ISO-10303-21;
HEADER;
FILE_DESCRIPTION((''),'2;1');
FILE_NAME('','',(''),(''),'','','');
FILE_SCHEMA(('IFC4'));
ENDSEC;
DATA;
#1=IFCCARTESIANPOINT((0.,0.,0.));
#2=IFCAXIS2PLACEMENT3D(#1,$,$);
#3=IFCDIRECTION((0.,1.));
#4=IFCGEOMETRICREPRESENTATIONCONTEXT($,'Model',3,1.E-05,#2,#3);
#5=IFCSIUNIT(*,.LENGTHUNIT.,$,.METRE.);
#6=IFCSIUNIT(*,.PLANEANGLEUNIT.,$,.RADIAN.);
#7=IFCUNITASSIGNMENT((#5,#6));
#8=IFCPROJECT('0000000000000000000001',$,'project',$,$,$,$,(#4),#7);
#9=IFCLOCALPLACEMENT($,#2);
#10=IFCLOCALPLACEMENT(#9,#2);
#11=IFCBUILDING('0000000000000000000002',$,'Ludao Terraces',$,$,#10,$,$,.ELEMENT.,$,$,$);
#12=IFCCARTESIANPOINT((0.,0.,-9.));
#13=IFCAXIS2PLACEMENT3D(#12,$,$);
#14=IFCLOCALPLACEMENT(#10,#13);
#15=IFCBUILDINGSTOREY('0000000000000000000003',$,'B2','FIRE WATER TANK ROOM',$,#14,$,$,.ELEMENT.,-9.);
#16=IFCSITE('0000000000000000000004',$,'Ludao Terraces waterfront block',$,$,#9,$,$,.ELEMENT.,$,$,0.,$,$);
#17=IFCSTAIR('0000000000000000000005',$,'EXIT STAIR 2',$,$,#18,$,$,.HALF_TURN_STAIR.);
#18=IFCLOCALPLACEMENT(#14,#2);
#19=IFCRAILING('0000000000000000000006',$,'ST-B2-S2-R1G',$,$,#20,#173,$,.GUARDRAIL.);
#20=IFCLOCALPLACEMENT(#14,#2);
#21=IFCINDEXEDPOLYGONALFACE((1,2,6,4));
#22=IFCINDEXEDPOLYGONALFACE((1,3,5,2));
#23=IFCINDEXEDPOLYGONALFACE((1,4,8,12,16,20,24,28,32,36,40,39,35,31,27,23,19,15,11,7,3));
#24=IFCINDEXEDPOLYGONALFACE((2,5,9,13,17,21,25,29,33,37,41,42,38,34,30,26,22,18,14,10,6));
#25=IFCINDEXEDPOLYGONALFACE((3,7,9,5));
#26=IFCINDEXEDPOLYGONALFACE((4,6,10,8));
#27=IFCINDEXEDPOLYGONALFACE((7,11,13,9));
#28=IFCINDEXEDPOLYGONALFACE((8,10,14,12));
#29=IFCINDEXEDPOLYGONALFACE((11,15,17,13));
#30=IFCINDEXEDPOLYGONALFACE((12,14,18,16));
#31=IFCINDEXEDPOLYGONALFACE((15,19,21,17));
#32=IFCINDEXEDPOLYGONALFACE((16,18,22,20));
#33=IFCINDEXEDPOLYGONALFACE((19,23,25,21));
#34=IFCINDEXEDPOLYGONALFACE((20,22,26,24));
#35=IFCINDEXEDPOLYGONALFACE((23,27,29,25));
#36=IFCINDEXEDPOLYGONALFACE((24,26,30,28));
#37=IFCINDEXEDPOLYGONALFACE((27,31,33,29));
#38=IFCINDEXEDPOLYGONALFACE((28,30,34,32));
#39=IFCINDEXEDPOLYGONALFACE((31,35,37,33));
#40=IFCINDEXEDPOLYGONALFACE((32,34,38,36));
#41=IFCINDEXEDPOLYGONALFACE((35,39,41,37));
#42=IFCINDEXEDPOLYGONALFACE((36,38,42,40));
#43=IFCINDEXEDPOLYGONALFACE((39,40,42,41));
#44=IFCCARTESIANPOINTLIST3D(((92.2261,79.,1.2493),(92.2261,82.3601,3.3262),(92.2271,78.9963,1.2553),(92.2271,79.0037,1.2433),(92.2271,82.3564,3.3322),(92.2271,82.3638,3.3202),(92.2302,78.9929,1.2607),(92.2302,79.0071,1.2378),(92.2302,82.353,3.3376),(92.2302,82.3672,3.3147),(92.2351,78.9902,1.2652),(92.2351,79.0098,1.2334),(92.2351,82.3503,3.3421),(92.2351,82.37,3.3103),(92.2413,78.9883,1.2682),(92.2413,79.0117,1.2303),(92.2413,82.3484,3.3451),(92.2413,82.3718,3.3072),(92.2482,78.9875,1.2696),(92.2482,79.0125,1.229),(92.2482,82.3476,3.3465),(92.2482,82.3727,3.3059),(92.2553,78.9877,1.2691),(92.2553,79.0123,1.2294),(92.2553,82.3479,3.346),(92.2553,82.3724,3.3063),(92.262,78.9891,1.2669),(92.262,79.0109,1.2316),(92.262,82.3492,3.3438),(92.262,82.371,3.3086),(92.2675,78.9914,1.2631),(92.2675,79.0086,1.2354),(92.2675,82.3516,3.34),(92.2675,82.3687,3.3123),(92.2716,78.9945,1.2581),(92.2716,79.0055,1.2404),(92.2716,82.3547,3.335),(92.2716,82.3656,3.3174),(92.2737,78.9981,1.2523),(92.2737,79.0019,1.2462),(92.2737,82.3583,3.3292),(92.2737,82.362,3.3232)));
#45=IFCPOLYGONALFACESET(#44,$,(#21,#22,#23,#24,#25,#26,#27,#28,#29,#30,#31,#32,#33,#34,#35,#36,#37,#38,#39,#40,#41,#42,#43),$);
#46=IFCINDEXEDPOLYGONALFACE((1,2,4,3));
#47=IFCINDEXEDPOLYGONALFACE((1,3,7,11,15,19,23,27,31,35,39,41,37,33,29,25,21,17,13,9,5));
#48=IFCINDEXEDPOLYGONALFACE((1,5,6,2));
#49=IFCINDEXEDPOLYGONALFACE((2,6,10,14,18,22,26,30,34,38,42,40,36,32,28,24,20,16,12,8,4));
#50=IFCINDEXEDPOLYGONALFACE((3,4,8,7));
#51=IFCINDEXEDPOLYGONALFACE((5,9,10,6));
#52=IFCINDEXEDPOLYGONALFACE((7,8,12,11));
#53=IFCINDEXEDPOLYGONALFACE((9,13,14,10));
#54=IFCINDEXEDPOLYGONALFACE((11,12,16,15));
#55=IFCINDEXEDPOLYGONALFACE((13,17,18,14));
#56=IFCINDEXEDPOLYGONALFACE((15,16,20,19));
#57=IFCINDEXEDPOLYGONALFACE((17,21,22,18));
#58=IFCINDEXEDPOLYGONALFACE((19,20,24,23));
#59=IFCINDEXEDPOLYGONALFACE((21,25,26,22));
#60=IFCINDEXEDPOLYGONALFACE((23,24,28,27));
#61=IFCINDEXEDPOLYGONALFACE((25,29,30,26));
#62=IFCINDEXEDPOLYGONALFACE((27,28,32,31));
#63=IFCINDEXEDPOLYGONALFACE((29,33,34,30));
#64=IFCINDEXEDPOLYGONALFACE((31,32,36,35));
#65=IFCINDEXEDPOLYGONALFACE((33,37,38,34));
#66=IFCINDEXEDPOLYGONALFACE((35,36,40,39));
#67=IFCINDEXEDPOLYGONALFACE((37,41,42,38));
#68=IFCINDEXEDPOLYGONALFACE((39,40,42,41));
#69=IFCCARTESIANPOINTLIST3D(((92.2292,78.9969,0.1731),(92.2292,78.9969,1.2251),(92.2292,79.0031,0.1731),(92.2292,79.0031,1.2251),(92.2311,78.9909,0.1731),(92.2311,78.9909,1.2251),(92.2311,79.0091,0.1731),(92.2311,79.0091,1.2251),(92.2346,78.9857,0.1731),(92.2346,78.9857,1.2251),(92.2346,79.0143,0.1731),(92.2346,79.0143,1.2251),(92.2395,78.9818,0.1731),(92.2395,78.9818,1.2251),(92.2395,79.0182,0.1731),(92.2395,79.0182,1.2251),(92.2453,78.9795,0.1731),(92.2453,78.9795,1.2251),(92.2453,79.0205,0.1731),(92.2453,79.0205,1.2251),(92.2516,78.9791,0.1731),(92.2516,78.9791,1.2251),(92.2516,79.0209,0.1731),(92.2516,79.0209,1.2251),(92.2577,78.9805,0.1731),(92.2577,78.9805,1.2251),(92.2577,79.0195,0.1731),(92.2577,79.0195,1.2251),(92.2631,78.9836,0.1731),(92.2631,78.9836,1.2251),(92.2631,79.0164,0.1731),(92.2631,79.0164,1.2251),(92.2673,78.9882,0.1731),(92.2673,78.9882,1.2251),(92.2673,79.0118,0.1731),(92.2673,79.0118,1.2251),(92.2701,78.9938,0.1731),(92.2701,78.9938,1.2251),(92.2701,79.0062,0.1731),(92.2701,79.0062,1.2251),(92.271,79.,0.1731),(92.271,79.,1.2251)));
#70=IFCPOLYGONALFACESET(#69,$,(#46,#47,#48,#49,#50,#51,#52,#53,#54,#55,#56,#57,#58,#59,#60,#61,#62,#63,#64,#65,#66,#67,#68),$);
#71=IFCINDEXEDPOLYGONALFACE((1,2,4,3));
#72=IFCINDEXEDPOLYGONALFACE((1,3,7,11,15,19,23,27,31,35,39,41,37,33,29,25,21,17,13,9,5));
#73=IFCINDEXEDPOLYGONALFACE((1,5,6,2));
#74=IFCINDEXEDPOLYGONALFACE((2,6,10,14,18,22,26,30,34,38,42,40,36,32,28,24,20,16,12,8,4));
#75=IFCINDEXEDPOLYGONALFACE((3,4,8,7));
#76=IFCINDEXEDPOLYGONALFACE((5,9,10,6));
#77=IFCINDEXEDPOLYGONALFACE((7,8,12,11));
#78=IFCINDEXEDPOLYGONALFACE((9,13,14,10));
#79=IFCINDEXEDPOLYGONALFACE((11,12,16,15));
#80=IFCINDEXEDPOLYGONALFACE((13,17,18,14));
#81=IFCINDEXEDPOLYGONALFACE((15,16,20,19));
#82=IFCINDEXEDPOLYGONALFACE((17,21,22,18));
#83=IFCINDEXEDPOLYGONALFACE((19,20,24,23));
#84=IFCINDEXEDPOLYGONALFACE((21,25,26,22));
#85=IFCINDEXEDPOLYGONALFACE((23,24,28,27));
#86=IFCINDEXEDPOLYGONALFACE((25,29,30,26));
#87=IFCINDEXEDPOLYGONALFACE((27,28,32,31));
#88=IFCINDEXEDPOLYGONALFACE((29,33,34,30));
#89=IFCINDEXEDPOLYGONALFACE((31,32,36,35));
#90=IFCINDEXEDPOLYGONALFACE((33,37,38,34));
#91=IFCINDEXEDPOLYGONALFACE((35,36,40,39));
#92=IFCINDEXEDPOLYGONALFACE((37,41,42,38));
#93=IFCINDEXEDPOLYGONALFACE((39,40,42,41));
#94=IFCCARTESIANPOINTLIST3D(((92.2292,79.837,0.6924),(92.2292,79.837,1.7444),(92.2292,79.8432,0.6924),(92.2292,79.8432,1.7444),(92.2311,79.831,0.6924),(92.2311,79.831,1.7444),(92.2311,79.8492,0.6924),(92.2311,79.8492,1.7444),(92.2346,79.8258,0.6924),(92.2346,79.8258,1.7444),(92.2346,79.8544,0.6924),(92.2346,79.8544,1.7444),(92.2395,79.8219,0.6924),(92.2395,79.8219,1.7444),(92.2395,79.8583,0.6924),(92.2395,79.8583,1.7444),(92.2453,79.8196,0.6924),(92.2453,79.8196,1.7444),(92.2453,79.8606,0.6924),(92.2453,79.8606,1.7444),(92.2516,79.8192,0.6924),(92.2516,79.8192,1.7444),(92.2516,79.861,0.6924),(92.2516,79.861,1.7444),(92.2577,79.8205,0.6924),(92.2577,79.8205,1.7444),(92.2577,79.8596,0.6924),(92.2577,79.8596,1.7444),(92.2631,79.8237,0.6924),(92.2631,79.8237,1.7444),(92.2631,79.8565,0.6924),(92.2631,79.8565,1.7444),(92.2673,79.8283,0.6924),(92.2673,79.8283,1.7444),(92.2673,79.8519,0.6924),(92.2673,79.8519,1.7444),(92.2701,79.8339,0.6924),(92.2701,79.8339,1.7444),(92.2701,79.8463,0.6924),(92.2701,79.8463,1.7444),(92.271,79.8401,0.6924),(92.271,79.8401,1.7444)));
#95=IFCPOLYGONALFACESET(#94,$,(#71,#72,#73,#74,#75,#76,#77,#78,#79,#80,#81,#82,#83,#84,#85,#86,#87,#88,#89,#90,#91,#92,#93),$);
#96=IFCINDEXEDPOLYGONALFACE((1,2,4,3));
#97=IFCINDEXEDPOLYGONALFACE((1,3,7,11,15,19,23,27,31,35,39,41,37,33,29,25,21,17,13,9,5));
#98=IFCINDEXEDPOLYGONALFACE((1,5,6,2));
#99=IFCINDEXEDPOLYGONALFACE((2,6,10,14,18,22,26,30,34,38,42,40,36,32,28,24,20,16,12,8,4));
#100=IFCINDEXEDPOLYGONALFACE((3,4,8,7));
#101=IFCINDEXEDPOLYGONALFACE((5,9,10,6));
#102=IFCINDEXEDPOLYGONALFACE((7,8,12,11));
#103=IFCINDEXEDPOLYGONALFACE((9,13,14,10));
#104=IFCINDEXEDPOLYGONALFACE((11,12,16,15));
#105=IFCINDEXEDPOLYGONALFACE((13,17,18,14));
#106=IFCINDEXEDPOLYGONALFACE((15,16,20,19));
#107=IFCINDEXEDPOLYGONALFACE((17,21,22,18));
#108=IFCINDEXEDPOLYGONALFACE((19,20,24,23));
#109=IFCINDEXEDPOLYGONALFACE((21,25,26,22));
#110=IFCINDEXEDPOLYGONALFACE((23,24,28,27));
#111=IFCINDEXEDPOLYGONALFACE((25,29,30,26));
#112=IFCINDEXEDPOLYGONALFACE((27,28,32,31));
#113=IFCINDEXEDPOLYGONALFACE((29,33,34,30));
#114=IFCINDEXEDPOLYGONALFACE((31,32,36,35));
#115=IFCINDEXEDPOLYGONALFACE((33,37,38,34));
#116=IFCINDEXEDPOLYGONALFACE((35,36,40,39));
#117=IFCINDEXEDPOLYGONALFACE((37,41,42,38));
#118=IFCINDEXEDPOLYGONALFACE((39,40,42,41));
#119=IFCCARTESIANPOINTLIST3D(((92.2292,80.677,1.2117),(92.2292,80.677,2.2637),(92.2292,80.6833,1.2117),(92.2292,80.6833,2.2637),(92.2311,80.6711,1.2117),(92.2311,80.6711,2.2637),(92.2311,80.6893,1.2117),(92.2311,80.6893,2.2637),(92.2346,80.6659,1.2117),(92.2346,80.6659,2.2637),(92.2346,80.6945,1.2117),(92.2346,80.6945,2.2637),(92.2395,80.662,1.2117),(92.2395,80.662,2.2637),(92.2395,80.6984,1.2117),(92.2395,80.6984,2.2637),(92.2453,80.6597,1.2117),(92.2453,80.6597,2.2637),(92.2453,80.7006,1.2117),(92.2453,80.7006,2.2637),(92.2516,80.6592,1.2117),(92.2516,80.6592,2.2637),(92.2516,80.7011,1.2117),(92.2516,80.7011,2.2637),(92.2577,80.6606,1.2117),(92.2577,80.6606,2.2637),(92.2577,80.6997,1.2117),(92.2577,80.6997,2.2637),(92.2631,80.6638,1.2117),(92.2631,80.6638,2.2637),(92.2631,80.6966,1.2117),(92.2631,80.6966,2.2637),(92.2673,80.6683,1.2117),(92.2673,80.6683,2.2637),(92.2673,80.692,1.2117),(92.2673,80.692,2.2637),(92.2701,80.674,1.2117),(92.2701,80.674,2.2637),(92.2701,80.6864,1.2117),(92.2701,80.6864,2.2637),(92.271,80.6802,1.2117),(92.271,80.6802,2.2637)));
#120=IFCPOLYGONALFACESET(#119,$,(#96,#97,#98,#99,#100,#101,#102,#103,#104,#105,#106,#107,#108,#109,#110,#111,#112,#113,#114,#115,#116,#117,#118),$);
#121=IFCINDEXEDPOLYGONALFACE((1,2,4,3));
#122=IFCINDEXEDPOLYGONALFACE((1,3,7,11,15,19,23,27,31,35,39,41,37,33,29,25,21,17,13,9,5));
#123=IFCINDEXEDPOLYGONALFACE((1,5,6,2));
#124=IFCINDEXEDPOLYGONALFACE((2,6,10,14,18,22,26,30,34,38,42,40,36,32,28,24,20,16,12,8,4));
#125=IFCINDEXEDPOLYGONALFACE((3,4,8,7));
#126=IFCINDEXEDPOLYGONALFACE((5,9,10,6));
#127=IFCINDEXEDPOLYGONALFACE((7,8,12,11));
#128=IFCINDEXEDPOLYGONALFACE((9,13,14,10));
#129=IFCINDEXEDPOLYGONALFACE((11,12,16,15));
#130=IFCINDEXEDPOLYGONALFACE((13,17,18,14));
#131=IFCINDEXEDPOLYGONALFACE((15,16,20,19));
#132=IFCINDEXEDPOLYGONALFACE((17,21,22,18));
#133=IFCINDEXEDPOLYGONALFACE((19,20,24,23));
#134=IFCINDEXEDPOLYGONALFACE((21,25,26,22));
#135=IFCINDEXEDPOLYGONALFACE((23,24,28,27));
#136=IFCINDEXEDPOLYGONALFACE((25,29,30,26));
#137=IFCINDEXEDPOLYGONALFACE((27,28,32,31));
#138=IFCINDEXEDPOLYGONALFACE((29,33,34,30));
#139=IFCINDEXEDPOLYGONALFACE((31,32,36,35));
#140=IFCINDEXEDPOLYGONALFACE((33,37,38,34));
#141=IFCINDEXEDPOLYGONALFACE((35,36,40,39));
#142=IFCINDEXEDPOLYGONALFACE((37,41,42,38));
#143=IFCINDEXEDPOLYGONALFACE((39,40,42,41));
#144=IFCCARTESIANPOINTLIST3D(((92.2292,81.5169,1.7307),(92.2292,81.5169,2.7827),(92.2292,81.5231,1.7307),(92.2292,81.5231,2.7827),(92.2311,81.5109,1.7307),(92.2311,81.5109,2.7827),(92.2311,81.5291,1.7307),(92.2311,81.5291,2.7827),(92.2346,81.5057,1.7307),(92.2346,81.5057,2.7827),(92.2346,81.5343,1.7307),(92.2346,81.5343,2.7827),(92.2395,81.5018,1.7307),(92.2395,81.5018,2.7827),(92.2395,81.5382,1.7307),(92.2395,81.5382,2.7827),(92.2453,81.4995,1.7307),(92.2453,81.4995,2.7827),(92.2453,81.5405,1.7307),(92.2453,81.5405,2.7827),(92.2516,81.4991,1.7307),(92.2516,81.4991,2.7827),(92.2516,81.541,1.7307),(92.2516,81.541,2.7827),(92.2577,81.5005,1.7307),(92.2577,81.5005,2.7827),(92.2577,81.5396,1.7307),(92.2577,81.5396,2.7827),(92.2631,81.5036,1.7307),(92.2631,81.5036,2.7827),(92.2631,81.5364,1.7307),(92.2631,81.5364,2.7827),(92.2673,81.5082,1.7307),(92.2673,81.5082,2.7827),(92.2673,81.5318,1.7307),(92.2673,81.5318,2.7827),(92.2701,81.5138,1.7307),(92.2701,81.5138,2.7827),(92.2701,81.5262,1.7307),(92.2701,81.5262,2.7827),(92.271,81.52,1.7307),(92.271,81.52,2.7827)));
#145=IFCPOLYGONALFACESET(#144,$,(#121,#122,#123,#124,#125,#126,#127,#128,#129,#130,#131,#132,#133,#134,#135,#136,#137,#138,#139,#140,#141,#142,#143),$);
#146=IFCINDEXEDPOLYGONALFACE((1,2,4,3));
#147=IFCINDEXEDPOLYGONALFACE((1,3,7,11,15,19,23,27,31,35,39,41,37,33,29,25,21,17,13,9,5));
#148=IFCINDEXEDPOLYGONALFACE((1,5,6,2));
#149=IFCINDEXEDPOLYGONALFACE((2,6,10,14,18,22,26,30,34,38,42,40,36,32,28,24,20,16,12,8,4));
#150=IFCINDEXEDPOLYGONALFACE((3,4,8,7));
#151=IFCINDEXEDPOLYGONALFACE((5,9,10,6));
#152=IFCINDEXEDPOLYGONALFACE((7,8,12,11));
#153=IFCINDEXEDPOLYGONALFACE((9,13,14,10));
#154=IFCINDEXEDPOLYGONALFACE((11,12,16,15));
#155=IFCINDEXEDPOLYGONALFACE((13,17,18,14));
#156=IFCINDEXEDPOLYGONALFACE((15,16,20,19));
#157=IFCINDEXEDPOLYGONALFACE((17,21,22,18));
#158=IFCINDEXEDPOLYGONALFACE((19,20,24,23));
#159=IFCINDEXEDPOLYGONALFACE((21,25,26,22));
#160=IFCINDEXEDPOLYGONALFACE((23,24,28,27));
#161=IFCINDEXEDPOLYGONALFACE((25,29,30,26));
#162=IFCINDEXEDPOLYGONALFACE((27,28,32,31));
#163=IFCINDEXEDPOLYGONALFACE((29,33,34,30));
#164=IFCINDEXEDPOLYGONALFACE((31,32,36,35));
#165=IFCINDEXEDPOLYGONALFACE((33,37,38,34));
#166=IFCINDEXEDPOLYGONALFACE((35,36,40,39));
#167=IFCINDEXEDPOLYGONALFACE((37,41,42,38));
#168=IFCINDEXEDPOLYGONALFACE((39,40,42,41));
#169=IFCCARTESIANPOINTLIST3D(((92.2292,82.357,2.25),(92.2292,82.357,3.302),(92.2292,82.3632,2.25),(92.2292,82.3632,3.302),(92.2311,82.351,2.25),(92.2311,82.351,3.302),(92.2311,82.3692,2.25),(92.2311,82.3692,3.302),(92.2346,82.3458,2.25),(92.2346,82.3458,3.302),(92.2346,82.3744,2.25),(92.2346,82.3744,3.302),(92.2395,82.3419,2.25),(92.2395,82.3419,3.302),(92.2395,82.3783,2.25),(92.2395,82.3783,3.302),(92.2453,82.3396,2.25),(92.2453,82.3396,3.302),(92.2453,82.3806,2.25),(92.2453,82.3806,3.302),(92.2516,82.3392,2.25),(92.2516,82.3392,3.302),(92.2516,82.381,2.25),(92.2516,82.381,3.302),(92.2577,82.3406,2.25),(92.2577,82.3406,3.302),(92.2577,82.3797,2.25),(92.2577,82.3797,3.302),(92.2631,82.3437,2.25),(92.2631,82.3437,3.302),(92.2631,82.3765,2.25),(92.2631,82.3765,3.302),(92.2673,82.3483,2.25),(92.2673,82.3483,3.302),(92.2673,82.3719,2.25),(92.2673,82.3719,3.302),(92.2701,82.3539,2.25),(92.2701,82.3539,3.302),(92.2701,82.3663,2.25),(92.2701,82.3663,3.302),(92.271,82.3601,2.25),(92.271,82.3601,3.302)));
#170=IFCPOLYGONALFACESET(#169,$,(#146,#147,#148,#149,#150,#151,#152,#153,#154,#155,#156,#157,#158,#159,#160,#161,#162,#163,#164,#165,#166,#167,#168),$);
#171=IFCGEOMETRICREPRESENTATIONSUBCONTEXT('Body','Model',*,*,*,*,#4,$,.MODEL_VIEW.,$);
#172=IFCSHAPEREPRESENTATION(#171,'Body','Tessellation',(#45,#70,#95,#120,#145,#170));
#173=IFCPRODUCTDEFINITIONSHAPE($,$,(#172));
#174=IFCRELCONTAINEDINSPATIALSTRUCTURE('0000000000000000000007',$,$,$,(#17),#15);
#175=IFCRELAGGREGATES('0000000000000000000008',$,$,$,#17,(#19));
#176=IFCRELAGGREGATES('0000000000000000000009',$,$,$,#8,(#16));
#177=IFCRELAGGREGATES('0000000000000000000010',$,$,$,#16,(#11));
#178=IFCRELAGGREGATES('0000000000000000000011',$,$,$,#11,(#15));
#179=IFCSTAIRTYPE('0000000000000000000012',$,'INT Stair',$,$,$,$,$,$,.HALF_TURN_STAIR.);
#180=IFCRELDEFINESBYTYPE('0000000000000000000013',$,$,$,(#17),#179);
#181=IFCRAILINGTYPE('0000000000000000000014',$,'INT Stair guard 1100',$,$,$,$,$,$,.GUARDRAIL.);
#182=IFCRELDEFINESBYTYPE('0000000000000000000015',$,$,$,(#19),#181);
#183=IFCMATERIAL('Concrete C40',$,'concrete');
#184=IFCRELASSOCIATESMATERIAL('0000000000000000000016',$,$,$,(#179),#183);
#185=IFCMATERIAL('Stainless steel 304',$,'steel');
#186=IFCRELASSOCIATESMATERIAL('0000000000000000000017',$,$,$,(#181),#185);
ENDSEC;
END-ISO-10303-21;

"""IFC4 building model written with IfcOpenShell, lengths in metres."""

from ifc_helpers import new_model, si_unit, direction, frame, origin, origin_2d, place, context, subcontext, project, spatial, circle, extrude, material, type_object, element, aggregate, save


model = new_model("IFC4")

# Units and contexts
model_context = context("Model", 3, precision=1e-05, world=origin(), true_north=direction((0.0, 1.0)))
body_context = subcontext(model_context, "Body", "Model", "MODEL_VIEW")
ifc_project = project(units=[si_unit("LENGTHUNIT", "METRE"), si_unit("PLANEANGLEUNIT", "RADIAN")], contexts=[model_context])

# Site, building, storey
site_placement = place(None, origin())
site = spatial("IfcSite", under=ifc_project, at=site_placement, Name="Ludao Terraces waterfront block", CompositionType="ELEMENT", RefElevation=0.0)
building_placement = place(site_placement, origin())
building = spatial("IfcBuilding", under=site, at=building_placement, Name="Ludao Terraces", CompositionType="ELEMENT")
storey_placement = place(building_placement, frame((0.0, 0.0, -9.0)))
storey = spatial("IfcBuildingStorey", under=building, at=storey_placement, Name="B2", Description="FIRE WATER TANK ROOM", CompositionType="ELEMENT", Elevation=-9.0)

# Shared definitions
ifc_material_1 = material(Name="Concrete C40", Category="concrete")

# Stair, railing
stair_type = type_object("IfcStairType", Name="INT Stair", PredefinedType="HALF_TURN_STAIR", material=ifc_material_1)
stair_placement = place(storey_placement, origin())
stair = element("IfcStair", 1, at=stair_placement, inside=storey, type_object=stair_type, Name="EXIT STAIR 2", PredefinedType="HALF_TURN_STAIR")
ifc_material_2 = material(Name="Stainless steel 304", Category="steel")
railing_type_1 = type_object("IfcRailingType", Name="INT Stair guard 1100", PredefinedType="GUARDRAIL", material=ifc_material_2)
railing_1_placement = place(storey_placement, frame((92.25, 79.0, 0.1731)))
railing_1 = element("IfcRailing", 2, at=railing_1_placement, type_object=railing_type_1, Name="ST-B2-S2-R1G", PredefinedType="GUARDRAIL", context=body_context, shape_type="SweptSolid", body=[
    extrude(circle(Radius=0.0239, at=origin_2d()), frame((0.0, 0.0, 1.0762), z_axis=(0.0, 0.850623, 0.525776), x_axis=(-1.0, 0.0, 0.0)), (0.0, 0.0, 1.0), 3.9502),
    extrude(circle(Radius=0.021, at=origin_2d()), origin(), (0.0, 0.0, 1.0), 1.052),
    extrude(circle(Radius=0.021, at=origin_2d()), frame((0.0, 0.8401, 0.5193)), (0.0, 0.0, 1.0), 1.052),
    extrude(circle(Radius=0.021, at=origin_2d()), frame((0.0, 1.6802, 1.0386)), (0.0, 0.0, 1.0), 1.052),
    extrude(circle(Radius=0.021, at=origin_2d()), frame((0.0, 2.52, 1.5576)), (0.0, 0.0, 1.0), 1.052),
    extrude(circle(Radius=0.021, at=origin_2d()), frame((0.0, 3.3601, 2.0769)), (0.0, 0.0, 1.0), 1.052),
])
aggregate(stair, [railing_1])

save(model, "model.ifc")
